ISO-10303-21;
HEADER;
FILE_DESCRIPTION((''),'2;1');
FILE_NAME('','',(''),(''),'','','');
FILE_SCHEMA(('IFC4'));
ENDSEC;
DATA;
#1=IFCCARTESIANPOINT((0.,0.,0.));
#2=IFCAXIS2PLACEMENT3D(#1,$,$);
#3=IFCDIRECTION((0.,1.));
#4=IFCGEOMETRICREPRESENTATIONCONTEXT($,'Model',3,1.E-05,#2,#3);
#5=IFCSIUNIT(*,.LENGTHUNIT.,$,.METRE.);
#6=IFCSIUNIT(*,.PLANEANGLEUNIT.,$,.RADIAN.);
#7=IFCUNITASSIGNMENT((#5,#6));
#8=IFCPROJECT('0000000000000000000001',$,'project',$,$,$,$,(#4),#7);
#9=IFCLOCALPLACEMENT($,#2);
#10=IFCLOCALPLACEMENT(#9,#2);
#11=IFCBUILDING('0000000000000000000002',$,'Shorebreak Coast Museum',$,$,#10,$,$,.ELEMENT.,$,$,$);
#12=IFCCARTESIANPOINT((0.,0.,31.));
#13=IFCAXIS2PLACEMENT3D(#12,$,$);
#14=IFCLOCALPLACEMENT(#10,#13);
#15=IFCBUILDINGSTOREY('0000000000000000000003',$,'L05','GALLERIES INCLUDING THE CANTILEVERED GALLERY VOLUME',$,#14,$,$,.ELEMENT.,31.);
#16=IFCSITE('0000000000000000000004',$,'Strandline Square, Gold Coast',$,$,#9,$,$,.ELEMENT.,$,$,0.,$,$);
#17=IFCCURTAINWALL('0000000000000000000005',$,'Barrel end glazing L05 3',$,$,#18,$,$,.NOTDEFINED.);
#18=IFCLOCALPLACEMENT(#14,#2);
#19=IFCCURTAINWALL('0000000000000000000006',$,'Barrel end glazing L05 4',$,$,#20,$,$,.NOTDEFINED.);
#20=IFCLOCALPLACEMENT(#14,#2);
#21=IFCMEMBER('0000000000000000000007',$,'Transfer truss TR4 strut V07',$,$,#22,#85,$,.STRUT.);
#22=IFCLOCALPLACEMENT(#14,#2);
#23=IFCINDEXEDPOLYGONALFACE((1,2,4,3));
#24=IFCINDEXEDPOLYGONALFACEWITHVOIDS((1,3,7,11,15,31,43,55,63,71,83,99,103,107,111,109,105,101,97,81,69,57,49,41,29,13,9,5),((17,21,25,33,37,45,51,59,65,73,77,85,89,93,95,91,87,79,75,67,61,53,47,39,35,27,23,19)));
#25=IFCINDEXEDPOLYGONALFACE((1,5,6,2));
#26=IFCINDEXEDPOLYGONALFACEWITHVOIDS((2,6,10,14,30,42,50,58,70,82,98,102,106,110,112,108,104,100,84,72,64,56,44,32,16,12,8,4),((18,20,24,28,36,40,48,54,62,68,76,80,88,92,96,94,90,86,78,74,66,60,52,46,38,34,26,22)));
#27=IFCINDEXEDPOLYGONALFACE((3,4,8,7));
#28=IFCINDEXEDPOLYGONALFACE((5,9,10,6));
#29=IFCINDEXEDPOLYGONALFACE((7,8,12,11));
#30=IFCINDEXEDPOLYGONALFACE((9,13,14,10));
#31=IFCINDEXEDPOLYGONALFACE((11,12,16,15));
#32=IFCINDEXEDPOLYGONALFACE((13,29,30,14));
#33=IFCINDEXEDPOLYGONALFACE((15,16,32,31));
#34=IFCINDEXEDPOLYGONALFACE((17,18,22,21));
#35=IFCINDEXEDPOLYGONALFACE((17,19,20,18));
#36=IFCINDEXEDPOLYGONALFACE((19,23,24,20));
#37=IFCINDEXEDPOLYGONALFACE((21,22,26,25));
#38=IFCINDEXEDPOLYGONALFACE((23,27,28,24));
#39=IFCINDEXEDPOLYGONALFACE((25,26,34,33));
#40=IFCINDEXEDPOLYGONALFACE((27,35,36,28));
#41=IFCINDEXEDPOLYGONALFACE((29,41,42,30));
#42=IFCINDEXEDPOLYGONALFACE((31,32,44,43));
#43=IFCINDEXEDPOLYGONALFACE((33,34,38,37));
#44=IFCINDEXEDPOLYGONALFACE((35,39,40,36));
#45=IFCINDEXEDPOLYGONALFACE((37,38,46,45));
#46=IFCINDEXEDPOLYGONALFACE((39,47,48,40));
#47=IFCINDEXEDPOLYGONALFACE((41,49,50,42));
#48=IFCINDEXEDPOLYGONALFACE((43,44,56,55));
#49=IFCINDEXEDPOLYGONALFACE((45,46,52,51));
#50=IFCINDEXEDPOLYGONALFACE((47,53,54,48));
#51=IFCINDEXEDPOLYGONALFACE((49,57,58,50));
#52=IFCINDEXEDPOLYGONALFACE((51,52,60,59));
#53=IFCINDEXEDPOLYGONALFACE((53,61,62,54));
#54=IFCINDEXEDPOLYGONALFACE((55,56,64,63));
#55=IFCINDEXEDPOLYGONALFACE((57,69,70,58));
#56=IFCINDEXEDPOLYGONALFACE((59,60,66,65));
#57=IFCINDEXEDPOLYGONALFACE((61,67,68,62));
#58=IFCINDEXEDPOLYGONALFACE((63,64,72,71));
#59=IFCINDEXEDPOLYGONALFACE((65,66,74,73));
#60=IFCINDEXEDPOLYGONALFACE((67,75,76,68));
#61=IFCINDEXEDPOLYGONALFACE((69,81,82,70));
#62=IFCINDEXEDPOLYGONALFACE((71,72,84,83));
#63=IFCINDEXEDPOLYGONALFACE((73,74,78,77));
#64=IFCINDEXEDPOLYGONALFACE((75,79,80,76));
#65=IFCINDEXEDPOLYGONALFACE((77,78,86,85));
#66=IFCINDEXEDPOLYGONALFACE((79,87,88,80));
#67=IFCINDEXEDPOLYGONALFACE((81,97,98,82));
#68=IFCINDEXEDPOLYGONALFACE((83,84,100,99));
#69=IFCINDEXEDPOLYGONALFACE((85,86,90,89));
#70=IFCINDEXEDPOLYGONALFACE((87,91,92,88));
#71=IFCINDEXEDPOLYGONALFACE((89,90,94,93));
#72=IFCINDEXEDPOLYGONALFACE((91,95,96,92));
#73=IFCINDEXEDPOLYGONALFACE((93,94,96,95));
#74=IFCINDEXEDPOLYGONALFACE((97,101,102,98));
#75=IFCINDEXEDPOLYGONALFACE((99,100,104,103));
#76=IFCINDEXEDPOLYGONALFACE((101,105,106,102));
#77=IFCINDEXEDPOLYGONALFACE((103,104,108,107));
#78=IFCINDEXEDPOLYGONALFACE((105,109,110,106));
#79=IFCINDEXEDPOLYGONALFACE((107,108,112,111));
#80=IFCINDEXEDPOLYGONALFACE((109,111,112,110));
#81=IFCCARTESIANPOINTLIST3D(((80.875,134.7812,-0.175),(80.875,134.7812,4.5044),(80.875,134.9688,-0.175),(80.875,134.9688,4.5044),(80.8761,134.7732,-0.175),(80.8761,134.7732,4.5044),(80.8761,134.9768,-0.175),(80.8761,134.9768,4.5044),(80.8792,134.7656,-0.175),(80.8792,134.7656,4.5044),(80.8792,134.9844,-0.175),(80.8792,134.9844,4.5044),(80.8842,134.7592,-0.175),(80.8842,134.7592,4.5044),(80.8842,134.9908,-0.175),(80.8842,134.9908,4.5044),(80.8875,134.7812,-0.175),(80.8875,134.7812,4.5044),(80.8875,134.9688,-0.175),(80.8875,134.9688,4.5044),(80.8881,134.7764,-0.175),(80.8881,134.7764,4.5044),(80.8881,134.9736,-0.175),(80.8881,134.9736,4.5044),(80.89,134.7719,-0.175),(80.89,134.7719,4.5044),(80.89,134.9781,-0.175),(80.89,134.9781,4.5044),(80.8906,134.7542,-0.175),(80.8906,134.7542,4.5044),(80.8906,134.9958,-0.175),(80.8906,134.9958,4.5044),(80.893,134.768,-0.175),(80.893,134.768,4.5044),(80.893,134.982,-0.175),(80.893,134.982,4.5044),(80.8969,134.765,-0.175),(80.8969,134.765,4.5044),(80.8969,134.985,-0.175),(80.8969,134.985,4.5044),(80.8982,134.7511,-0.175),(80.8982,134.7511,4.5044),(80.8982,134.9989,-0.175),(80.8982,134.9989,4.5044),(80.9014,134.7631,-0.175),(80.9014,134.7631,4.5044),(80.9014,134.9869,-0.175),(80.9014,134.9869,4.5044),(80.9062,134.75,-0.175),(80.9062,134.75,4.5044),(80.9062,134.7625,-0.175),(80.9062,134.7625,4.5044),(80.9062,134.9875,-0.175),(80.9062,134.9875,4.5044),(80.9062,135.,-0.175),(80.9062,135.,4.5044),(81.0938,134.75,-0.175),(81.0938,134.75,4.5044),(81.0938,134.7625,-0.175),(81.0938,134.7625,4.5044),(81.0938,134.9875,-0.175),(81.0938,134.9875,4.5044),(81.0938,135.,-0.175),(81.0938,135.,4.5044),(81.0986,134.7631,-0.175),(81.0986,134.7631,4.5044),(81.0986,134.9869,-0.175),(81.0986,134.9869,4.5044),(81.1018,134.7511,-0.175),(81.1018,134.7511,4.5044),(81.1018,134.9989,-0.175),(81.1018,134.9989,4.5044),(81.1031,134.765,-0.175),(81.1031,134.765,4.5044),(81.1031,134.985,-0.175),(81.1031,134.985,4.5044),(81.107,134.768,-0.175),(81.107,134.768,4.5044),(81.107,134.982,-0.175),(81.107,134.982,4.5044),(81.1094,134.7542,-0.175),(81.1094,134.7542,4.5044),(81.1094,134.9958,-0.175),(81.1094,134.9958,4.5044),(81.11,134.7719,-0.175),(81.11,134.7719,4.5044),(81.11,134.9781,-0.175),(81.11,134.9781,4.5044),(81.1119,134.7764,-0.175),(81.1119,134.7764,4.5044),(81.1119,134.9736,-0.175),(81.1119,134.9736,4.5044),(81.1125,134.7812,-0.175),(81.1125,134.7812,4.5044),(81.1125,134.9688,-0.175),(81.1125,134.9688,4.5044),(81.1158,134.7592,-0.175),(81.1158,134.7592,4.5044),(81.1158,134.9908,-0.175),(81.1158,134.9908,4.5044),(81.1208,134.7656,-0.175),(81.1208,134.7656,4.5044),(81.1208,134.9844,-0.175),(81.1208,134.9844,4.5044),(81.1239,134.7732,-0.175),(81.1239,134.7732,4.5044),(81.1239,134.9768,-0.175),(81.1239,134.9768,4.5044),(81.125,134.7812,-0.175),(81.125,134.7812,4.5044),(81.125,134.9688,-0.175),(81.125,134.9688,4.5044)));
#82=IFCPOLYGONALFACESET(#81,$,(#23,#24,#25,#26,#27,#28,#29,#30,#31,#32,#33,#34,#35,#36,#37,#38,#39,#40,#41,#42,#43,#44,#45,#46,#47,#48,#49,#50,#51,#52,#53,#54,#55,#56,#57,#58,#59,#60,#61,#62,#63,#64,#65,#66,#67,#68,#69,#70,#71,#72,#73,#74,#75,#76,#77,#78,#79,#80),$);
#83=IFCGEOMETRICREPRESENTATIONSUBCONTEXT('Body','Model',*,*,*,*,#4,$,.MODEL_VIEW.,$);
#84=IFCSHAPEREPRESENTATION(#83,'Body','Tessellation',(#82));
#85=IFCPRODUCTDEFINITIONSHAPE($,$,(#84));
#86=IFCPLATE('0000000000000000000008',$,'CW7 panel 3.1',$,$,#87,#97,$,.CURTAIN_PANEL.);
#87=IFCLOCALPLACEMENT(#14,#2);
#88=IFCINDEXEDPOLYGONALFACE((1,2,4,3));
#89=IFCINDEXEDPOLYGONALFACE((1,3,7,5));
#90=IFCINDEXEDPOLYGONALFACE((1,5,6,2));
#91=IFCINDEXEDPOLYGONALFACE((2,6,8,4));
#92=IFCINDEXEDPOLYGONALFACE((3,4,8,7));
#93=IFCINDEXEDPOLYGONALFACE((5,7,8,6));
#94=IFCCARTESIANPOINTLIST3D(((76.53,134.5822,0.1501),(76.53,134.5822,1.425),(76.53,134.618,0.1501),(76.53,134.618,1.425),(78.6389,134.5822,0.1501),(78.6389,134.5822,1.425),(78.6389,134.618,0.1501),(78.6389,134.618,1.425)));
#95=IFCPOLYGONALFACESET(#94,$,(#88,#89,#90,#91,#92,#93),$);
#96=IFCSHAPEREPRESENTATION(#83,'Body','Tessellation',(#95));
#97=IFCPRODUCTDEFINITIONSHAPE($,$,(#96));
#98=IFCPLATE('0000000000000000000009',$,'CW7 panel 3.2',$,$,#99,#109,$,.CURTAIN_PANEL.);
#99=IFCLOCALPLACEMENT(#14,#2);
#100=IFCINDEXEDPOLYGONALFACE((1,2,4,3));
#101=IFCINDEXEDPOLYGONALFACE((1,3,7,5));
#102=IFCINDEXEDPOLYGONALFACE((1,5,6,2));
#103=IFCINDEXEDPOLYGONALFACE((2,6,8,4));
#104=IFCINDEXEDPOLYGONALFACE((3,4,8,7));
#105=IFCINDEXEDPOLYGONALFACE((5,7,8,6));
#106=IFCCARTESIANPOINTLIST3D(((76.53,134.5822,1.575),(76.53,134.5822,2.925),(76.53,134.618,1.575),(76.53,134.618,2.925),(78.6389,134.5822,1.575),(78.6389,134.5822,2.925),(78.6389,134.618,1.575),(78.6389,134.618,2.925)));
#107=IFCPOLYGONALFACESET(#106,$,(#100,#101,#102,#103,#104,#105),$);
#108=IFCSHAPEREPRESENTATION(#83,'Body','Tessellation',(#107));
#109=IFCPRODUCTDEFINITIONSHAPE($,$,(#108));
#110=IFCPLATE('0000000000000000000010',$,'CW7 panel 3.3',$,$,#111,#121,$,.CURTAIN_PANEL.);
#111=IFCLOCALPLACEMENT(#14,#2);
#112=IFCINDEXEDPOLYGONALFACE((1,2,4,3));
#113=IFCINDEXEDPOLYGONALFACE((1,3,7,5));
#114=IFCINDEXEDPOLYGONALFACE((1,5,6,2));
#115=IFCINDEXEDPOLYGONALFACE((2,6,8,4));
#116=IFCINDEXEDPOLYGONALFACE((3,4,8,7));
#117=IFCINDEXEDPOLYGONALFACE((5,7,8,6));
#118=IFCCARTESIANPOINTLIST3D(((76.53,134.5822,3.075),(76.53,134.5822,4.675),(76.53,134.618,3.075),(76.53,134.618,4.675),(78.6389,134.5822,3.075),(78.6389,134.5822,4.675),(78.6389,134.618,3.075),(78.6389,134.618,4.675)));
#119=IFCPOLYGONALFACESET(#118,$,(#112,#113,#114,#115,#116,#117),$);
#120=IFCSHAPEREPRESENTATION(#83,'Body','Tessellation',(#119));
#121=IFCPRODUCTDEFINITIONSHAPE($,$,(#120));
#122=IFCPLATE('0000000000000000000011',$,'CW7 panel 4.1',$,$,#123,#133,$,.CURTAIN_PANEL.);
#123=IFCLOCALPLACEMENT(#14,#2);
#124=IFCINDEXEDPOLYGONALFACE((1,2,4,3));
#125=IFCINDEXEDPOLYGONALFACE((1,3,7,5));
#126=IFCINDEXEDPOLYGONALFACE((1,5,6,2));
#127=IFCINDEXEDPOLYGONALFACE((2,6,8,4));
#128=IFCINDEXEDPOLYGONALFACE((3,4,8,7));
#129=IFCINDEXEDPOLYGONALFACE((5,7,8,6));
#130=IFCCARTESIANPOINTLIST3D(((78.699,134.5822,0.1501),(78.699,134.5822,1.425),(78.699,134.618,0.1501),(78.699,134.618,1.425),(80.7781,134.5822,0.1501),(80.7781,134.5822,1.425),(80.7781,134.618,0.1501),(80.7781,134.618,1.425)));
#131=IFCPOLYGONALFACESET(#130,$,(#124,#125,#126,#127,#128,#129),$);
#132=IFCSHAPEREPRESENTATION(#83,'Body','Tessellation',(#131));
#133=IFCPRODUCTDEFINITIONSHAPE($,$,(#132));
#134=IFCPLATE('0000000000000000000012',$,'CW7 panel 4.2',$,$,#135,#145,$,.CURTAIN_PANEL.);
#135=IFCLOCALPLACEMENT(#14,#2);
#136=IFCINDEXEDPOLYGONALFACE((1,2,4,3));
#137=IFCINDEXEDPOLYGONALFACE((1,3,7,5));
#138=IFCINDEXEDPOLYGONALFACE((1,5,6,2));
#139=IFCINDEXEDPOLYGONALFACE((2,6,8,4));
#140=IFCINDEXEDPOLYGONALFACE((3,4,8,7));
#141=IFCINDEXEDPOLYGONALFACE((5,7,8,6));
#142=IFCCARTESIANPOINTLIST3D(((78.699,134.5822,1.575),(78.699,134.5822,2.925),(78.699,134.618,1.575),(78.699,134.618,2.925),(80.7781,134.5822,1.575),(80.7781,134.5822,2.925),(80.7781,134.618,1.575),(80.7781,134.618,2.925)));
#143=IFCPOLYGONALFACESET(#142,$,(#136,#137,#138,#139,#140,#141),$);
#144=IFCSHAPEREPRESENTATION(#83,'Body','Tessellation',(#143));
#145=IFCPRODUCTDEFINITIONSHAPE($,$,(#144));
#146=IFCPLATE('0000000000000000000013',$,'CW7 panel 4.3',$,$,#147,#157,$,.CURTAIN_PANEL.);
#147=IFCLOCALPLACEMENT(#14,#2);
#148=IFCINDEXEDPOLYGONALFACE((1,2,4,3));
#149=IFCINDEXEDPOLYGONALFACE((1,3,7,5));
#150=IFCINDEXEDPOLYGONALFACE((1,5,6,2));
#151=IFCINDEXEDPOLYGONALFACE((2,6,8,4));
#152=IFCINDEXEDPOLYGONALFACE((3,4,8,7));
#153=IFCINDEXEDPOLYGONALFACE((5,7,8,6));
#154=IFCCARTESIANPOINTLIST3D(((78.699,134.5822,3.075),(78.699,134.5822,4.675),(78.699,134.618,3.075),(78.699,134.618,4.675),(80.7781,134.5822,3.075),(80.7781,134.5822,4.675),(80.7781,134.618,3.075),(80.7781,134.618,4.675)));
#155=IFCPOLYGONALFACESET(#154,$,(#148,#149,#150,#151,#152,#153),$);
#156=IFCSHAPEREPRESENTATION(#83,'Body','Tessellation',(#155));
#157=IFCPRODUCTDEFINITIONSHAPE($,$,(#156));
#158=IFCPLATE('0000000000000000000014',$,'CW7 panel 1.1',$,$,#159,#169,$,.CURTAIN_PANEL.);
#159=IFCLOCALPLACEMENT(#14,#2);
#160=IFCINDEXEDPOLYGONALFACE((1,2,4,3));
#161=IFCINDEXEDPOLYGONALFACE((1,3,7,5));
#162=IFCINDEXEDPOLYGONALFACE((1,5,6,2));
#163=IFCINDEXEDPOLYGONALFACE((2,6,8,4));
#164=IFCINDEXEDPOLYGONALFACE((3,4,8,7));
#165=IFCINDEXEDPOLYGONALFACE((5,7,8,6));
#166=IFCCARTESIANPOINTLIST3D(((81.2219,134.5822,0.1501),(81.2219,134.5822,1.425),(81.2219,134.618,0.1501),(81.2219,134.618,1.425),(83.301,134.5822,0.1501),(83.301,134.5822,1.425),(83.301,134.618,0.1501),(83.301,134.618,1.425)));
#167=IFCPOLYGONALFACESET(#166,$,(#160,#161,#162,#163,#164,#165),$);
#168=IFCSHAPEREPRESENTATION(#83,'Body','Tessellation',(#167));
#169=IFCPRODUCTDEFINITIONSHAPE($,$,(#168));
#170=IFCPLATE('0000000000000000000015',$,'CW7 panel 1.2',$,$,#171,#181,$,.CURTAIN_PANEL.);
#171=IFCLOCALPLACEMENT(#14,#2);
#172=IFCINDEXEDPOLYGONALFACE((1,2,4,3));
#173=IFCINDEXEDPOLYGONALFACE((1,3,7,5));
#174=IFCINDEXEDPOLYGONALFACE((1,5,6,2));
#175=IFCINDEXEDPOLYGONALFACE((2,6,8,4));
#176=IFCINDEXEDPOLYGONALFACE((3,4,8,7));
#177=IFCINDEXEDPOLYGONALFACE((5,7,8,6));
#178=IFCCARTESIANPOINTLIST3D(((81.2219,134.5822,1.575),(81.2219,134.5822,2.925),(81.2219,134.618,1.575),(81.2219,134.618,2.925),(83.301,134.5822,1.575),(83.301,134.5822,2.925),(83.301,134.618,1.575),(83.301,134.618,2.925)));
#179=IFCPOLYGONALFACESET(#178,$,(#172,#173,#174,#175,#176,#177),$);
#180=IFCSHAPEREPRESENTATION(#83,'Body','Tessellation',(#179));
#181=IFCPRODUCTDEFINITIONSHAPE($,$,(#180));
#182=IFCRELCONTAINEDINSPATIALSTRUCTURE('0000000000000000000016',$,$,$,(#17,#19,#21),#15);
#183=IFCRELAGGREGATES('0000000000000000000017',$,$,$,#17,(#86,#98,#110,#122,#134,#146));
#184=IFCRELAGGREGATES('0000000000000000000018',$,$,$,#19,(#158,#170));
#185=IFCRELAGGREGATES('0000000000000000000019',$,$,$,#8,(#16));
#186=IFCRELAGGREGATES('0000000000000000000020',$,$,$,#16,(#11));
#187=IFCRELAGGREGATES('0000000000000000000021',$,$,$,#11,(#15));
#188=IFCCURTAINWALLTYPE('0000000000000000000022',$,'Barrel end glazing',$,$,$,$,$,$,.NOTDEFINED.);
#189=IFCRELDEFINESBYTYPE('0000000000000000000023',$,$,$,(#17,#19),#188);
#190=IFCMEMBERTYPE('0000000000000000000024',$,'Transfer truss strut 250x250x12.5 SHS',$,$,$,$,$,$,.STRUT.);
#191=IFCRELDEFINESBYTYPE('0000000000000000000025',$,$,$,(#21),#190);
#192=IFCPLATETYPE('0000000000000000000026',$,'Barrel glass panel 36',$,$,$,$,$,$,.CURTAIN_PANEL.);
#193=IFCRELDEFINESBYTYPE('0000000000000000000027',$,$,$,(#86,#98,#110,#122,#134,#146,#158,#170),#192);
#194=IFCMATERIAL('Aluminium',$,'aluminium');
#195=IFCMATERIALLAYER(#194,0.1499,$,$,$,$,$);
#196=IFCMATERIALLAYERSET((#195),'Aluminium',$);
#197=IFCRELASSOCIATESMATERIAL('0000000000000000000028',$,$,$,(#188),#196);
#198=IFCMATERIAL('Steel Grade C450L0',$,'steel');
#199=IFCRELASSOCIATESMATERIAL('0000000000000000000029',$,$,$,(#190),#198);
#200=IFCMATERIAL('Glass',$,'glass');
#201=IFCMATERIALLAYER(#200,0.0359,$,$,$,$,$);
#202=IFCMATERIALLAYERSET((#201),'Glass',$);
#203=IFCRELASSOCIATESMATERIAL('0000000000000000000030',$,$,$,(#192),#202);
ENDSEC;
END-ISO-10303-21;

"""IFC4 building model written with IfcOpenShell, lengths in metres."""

from ifc_helpers import new_model, si_unit, direction, frame, origin, origin_2d, place, context, subcontext, project, spatial, rectangle, hollow_rectangle, extrude, material, layer, layer_set, material_profile, profile_set, type_object, element, aggregate, save


model = new_model("IFC4")

# Units and contexts
model_context = context("Model", 3, precision=1e-05, world=origin(), true_north=direction((0.0, 1.0)))
body_context = subcontext(model_context, "Body", "Model", "MODEL_VIEW")
ifc_project = project(units=[si_unit("LENGTHUNIT", "METRE"), si_unit("PLANEANGLEUNIT", "RADIAN")], contexts=[model_context])

# Site, building, storey
site_placement = place(None, origin())
site = spatial("IfcSite", under=ifc_project, at=site_placement, Name="Strandline Square, Gold Coast", CompositionType="ELEMENT", RefElevation=0.0)
building_placement = place(site_placement, origin())
building = spatial("IfcBuilding", under=site, at=building_placement, Name="Shorebreak Coast Museum", CompositionType="ELEMENT")
storey_placement = place(building_placement, frame((0.0, 0.0, 31.0)))
storey = spatial("IfcBuildingStorey", under=building, at=storey_placement, Name="L05", Description="GALLERIES INCLUDING THE CANTILEVERED GALLERY VOLUME", CompositionType="ELEMENT", Elevation=31.0)

# Curtain wall
ifc_material_1 = material(Name="Aluminium", Category="aluminium")
ifc_layer_1 = layer(ifc_material_1, 0.1499)
ifc_layer_set_1 = layer_set([ifc_layer_1], Name="Aluminium")
curtain_wall_type = type_object("IfcCurtainWallType", Name="Barrel end glazing", PredefinedType="NOTDEFINED", material=ifc_layer_set_1)
curtain_wall_1_placement = place(storey_placement, origin())
curtain_wall_1 = element("IfcCurtainWall", 1, at=curtain_wall_1_placement, inside=storey, type_object=curtain_wall_type, Name="Barrel end glazing L05 3", PredefinedType="NOTDEFINED")

# Curtain wall
curtain_wall_2_placement = place(storey_placement, origin())
curtain_wall_2 = element("IfcCurtainWall", 2, at=curtain_wall_2_placement, inside=storey, type_object=curtain_wall_type, Name="Barrel end glazing L05 4", PredefinedType="NOTDEFINED")

# Member
ifc_material_2 = material(Name="Steel Grade C450L0", Category="steel")
ifc_material_profile_1 = material_profile(ifc_material_2, hollow_rectangle(XDim=0.25, YDim=0.25, WallThickness=0.0125, InnerFilletRadius=0.0188, OuterFilletRadius=0.0312, at=origin_2d()), Name="250x250x12.5 SHS")
ifc_profile_set_1 = profile_set([ifc_material_profile_1], Name="Steel Grade C450L0")
member_type_1 = type_object("IfcMemberType", Name="Transfer truss strut 250x250x12.5 SHS", PredefinedType="STRUT", material=ifc_profile_set_1)
member_1_placement = place(storey_placement, frame((81.0, 134.875, -0.175), z_axis=(0.0, 0.0, 1.0), x_axis=(1.0, 0.0, 0.0)))
element("IfcMember", 3, at=member_1_placement, inside=storey, type_object=member_type_1, Name="Transfer truss TR4 strut V07", PredefinedType="STRUT", context=body_context, shape_type="SweptSolid", body=[
    extrude(hollow_rectangle(XDim=0.25, YDim=0.25, WallThickness=0.0125, InnerFilletRadius=0.0188, OuterFilletRadius=0.0312, at=origin_2d()), origin(), (0.0, 0.0, 1.0), 4.6794),
])

# Plates
ifc_material_3 = material(Name="Glass", Category="glass")
ifc_layer_2 = layer(ifc_material_3, 0.0359)
ifc_layer_set_2 = layer_set([ifc_layer_2], Name="Glass")
plate_type = type_object("IfcPlateType", Name="Barrel glass panel 36", PredefinedType="CURTAIN_PANEL", material=ifc_layer_set_2)
plate_1_placement = place(storey_placement, frame((77.5845, 134.6001, 0.1501), z_axis=(0.0, 0.0, 1.0), x_axis=(1.0, 0.0, 0.0)))
plate_1 = element("IfcPlate", 4, at=plate_1_placement, type_object=plate_type, Name="CW7 panel 3.1", PredefinedType="CURTAIN_PANEL", context=body_context, shape_type="SweptSolid", body=[
    extrude(rectangle(XDim=2.1089, YDim=0.0359, at=origin_2d()), origin(), (0.0, 0.0, 1.0), 1.2749),
])
plate_2_placement = place(storey_placement, frame((77.5845, 134.6001, 1.575), z_axis=(0.0, 0.0, 1.0), x_axis=(1.0, 0.0, 0.0)))
plate_2 = element("IfcPlate", 5, at=plate_2_placement, type_object=plate_type, Name="CW7 panel 3.2", PredefinedType="CURTAIN_PANEL", context=body_context, shape_type="SweptSolid", body=[
    extrude(rectangle(XDim=2.1089, YDim=0.0359, at=origin_2d()), origin(), (0.0, 0.0, 1.0), 1.3501),
])
plate_3_placement = place(storey_placement, frame((77.5845, 134.6001, 3.075), z_axis=(0.0, 0.0, 1.0), x_axis=(1.0, 0.0, 0.0)))
plate_3 = element("IfcPlate", 6, at=plate_3_placement, type_object=plate_type, Name="CW7 panel 3.3", PredefinedType="CURTAIN_PANEL", context=body_context, shape_type="SweptSolid", body=[
    extrude(rectangle(XDim=2.1089, YDim=0.0359, at=origin_2d()), origin(), (0.0, 0.0, 1.0), 1.6001),
])
plate_4_placement = place(storey_placement, frame((79.7385, 134.6001, 0.1501), z_axis=(0.0, 0.0, 1.0), x_axis=(1.0, 0.0, 0.0)))
plate_4 = element("IfcPlate", 7, at=plate_4_placement, type_object=plate_type, Name="CW7 panel 4.1", PredefinedType="CURTAIN_PANEL", context=body_context, shape_type="SweptSolid", body=[
    extrude(rectangle(XDim=2.0791, YDim=0.0359, at=origin_2d()), origin(), (0.0, 0.0, 1.0), 1.2749),
])
plate_5_placement = place(storey_placement, frame((79.7385, 134.6001, 1.575), z_axis=(0.0, 0.0, 1.0), x_axis=(1.0, 0.0, 0.0)))
plate_5 = element("IfcPlate", 8, at=plate_5_placement, type_object=plate_type, Name="CW7 panel 4.2", PredefinedType="CURTAIN_PANEL", context=body_context, shape_type="SweptSolid", body=[
    extrude(rectangle(XDim=2.0791, YDim=0.0359, at=origin_2d()), origin(), (0.0, 0.0, 1.0), 1.3501),
])
plate_6_placement = place(storey_placement, frame((79.7385, 134.6001, 3.075), z_axis=(0.0, 0.0, 1.0), x_axis=(1.0, 0.0, 0.0)))
plate_6 = element("IfcPlate", 9, at=plate_6_placement, type_object=plate_type, Name="CW7 panel 4.3", PredefinedType="CURTAIN_PANEL", context=body_context, shape_type="SweptSolid", body=[
    extrude(rectangle(XDim=2.0791, YDim=0.0359, at=origin_2d()), origin(), (0.0, 0.0, 1.0), 1.6001),
])
aggregate(curtain_wall_1, [plate_1, plate_2, plate_3, plate_4, plate_5, plate_6])
plate_7_placement = place(storey_placement, frame((82.2615, 134.6001, 0.1501), z_axis=(0.0, 0.0, 1.0), x_axis=(1.0, 0.0, 0.0)))
plate_7 = element("IfcPlate", 10, at=plate_7_placement, type_object=plate_type, Name="CW7 panel 1.1", PredefinedType="CURTAIN_PANEL", context=body_context, shape_type="SweptSolid", body=[
    extrude(rectangle(XDim=2.0791, YDim=0.0359, at=origin_2d()), origin(), (0.0, 0.0, 1.0), 1.2749),
])
plate_8_placement = place(storey_placement, frame((82.2615, 134.6001, 1.575), z_axis=(0.0, 0.0, 1.0), x_axis=(1.0, 0.0, 0.0)))
plate_8 = element("IfcPlate", 11, at=plate_8_placement, type_object=plate_type, Name="CW7 panel 1.2", PredefinedType="CURTAIN_PANEL", context=body_context, shape_type="SweptSolid", body=[
    extrude(rectangle(XDim=2.0791, YDim=0.0359, at=origin_2d()), origin(), (0.0, 0.0, 1.0), 1.3501),
])
aggregate(curtain_wall_2, [plate_7, plate_8])

save(model, "model.ifc")
